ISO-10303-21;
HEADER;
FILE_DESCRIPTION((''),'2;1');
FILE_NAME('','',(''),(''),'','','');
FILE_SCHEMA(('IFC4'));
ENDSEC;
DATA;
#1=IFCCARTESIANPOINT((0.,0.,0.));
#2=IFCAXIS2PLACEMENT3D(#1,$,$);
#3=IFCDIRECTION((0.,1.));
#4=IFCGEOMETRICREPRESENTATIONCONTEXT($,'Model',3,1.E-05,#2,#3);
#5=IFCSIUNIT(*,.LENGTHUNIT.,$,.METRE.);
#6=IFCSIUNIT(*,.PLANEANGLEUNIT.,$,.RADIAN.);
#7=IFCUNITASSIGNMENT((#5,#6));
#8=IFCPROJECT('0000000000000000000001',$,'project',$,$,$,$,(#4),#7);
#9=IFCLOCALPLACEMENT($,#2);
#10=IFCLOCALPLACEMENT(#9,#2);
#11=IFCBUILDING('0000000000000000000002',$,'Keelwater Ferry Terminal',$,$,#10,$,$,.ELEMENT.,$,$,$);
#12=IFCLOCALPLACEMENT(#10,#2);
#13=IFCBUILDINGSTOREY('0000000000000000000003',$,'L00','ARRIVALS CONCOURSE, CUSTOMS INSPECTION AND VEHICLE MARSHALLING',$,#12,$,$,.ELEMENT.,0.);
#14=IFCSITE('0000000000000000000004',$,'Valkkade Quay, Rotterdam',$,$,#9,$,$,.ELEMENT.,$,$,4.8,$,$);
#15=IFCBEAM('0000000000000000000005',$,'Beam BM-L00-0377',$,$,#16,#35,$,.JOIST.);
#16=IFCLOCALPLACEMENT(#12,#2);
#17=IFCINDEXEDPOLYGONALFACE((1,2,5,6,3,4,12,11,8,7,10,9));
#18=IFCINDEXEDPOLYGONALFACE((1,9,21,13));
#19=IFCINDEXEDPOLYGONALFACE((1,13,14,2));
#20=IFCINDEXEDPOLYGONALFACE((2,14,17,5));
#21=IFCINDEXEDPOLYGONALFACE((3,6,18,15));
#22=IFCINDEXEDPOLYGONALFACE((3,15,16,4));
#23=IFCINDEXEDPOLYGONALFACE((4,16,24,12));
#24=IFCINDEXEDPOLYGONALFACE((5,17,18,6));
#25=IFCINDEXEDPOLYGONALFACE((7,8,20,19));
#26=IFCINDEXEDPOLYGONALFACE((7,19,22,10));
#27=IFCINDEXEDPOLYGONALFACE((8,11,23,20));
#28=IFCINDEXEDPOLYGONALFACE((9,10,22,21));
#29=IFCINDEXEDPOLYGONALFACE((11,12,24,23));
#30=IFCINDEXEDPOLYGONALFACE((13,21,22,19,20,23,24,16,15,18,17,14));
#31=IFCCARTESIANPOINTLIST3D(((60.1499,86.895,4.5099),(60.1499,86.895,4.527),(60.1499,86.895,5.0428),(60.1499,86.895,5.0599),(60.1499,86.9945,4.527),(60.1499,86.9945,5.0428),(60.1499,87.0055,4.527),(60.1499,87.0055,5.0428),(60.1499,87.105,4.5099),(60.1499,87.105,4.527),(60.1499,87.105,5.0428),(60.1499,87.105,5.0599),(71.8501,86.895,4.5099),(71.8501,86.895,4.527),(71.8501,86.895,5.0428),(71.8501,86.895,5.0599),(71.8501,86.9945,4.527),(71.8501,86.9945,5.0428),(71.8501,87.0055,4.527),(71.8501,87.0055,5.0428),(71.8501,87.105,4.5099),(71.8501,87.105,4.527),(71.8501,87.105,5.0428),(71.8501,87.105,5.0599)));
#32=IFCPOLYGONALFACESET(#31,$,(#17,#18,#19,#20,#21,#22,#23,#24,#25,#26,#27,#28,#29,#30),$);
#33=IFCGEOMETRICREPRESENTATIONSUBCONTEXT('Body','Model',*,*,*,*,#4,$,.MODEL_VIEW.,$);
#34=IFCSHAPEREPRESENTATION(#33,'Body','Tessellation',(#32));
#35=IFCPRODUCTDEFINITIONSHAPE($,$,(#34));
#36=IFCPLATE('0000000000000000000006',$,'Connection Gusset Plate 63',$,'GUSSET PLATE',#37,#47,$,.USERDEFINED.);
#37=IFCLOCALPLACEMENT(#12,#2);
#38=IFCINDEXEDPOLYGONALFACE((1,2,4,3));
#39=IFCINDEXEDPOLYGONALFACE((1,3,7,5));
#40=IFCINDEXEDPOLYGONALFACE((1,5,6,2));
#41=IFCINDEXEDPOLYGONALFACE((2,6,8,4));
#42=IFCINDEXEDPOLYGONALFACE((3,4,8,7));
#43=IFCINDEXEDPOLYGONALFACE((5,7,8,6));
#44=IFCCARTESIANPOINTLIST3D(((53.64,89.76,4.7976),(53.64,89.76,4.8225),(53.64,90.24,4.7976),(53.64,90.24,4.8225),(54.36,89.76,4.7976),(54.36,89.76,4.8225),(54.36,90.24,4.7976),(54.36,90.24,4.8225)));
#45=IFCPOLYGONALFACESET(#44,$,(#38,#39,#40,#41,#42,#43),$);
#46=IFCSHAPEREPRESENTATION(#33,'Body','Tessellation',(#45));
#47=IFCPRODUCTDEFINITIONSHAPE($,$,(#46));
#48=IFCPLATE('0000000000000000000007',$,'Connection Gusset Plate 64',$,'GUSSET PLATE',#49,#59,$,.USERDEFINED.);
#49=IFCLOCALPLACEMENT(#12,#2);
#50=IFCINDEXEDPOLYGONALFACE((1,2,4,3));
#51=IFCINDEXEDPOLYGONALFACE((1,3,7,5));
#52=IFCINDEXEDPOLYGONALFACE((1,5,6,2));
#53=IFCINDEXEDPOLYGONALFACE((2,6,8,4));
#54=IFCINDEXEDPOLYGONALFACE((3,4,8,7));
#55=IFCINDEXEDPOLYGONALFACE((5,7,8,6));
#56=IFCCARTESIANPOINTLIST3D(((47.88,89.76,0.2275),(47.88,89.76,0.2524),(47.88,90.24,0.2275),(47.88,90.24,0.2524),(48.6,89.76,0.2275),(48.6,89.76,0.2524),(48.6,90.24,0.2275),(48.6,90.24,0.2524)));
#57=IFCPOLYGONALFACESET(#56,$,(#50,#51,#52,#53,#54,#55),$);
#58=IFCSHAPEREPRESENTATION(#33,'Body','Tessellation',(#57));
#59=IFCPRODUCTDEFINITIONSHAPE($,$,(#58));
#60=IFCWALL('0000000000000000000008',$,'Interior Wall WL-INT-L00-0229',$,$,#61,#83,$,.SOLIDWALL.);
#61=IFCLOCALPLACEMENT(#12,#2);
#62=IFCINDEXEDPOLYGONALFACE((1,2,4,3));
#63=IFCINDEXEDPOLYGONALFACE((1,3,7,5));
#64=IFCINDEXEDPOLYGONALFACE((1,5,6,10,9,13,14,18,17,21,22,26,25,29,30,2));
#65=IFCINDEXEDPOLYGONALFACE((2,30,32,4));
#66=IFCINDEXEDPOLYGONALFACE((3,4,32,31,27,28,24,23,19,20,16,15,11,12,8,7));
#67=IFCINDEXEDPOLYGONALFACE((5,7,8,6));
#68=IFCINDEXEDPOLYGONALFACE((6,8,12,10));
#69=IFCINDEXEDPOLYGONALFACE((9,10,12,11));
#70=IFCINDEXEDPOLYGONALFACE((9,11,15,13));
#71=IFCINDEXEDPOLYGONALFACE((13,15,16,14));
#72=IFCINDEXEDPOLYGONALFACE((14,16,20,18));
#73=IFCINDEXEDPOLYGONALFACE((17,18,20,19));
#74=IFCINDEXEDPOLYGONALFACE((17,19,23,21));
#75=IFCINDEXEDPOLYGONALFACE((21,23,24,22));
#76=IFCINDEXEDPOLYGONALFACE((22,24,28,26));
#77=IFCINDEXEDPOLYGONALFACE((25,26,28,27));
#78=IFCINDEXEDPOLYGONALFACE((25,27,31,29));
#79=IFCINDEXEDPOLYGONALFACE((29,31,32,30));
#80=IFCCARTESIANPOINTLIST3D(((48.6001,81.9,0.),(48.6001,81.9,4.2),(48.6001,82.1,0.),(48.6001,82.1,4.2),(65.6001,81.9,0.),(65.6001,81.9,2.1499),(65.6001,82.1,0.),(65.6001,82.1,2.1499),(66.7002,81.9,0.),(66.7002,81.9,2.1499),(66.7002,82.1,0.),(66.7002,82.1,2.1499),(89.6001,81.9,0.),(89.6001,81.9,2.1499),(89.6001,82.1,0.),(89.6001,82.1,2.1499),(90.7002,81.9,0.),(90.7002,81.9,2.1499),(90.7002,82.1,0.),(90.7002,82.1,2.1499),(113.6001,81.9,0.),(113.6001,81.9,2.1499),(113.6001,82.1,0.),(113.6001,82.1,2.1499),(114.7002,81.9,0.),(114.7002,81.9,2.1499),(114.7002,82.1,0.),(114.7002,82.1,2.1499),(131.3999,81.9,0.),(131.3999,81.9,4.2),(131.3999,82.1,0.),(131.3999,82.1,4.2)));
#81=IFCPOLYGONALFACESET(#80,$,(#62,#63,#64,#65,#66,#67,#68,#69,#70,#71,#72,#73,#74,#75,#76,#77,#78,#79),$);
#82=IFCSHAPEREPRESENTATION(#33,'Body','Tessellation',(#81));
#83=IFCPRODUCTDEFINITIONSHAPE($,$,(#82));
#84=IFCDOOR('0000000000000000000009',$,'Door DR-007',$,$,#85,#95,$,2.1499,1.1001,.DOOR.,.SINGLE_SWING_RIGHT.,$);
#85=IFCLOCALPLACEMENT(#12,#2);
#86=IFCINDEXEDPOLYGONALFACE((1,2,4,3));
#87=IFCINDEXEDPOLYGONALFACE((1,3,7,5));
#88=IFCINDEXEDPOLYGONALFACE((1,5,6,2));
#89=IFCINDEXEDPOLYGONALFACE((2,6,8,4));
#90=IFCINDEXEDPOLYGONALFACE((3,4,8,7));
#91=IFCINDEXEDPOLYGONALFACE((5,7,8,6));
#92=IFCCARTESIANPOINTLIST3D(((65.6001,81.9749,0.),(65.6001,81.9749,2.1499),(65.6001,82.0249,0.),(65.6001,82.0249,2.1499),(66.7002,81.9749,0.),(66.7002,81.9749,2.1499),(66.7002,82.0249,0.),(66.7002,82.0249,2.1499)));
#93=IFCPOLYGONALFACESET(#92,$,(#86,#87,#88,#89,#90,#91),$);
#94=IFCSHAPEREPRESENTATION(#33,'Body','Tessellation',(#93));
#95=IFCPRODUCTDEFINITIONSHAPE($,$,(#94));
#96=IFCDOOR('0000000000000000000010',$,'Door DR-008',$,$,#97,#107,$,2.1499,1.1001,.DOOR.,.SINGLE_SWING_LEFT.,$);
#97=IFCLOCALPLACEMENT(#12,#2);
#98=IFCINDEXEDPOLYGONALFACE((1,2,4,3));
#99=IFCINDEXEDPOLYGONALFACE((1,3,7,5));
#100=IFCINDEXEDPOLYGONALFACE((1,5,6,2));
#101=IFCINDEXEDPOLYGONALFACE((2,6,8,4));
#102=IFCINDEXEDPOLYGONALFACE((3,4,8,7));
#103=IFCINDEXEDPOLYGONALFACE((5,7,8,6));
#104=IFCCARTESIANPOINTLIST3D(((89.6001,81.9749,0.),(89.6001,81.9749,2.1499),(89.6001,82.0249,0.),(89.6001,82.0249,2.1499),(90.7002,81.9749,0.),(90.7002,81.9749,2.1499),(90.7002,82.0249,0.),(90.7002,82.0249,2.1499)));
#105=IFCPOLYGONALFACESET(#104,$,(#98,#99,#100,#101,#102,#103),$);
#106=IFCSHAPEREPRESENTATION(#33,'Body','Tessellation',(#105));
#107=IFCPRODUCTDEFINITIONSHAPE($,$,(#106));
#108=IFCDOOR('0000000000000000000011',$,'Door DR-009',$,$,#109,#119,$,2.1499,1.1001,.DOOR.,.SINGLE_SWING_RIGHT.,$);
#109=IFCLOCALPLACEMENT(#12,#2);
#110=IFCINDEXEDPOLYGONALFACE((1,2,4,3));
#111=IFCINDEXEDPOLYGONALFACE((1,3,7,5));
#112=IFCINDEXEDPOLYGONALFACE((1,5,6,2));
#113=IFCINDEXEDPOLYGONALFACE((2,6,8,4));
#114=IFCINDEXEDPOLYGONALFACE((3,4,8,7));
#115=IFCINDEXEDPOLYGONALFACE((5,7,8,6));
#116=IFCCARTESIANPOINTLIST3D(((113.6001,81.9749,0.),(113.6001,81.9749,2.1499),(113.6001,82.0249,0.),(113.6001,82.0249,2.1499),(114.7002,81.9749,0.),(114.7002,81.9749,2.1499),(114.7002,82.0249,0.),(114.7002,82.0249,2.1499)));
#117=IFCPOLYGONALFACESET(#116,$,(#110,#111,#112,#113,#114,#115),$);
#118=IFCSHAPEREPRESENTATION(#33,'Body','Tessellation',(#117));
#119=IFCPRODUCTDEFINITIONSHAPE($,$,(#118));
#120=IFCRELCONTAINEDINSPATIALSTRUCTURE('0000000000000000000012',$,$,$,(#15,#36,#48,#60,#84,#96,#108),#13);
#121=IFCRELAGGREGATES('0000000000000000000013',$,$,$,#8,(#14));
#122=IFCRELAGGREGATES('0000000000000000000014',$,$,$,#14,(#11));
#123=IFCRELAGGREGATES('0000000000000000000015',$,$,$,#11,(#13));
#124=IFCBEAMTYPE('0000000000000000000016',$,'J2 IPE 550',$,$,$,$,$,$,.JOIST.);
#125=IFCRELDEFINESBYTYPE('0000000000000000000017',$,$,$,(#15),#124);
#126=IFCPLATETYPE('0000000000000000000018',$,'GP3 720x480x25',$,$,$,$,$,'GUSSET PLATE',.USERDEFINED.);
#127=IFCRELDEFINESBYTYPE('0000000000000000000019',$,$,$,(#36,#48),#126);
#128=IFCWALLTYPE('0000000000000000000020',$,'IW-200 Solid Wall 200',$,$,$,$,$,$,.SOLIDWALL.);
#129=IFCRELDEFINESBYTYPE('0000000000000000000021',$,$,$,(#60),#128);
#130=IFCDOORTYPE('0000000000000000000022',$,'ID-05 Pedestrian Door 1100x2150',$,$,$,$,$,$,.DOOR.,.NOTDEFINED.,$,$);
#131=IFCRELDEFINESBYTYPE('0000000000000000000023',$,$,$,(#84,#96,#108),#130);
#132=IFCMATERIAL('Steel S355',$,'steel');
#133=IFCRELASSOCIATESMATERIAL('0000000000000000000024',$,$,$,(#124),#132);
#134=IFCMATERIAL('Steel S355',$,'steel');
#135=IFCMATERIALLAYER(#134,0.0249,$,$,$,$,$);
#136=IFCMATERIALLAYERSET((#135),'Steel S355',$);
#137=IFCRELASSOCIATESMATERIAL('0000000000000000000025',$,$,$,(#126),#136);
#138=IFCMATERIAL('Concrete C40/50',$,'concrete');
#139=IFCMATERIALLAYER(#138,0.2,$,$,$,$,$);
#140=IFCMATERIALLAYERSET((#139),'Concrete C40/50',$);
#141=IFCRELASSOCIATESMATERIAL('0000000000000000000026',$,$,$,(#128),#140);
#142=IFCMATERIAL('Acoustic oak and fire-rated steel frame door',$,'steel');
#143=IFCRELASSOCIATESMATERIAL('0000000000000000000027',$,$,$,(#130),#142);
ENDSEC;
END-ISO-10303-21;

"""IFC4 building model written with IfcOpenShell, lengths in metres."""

from ifc_helpers import new_model, si_unit, direction, frame, frame_2d, origin, origin_2d, place, context, subcontext, project, spatial, rectangle, i_section, extrude, material, layer, layer_set, material_profile, profile_set, type_object, element, fill, save


model = new_model("IFC4")

# Units and contexts
model_context = context("Model", 3, precision=1e-05, world=origin(), true_north=direction((0.0, 1.0)))
body_context = subcontext(model_context, "Body", "Model", "MODEL_VIEW")
ifc_project = project(units=[si_unit("LENGTHUNIT", "METRE"), si_unit("PLANEANGLEUNIT", "RADIAN")], contexts=[model_context])

# Site, building, storey
site_placement = place(None, origin())
site = spatial("IfcSite", under=ifc_project, at=site_placement, Name="Valkkade Quay, Rotterdam", CompositionType="ELEMENT", RefElevation=4.8)
building_placement = place(site_placement, origin())
building = spatial("IfcBuilding", under=site, at=building_placement, Name="Keelwater Ferry Terminal", CompositionType="ELEMENT")
storey_placement = place(building_placement, origin())
storey = spatial("IfcBuildingStorey", under=building, at=storey_placement, Name="L00", Description="ARRIVALS CONCOURSE, CUSTOMS INSPECTION AND VEHICLE MARSHALLING", CompositionType="ELEMENT", Elevation=0.0)

# Beam
ifc_material_1 = material(Name="Steel S355", Category="steel")
ifc_material_profile_1 = material_profile(ifc_material_1, i_section(OverallWidth=0.21, OverallDepth=0.55, WebThickness=0.011, FlangeThickness=0.0171, at=origin_2d()), Name="IPE 550")
ifc_profile_set_1 = profile_set([ifc_material_profile_1], Name="Steel S355")
beam_type_1 = type_object("IfcBeamType", Name="J2 IPE 550", PredefinedType="JOIST", material=ifc_profile_set_1)
for number, where, z_axis, x_axis, name in (
    (1, (60.1499, 87.0, 4.7849), (1.0, 0.0, 0.0), (0.0, 1.0, 0.0), "Beam BM-L00-0377"),
):
    element("IfcBeam", number, at=place(storey_placement, frame(where, z_axis=z_axis, x_axis=x_axis)), inside=storey, type_object=beam_type_1, Name=name, PredefinedType="JOIST", context=body_context, shape_type="SweptSolid", body=[
        extrude(i_section(OverallWidth=0.21, OverallDepth=0.55, WebThickness=0.011, FlangeThickness=0.0171, at=origin_2d()), origin(), (0.0, 0.0, 1.0), 11.7002),
    ])

# Plates
ifc_material_2 = material(Name="Steel S355", Category="steel")
ifc_layer_1 = layer(ifc_material_2, 0.0249)
ifc_layer_set_1 = layer_set([ifc_layer_1], Name="Steel S355")
plate_type = type_object("IfcPlateType", Name="GP3 720x480x25", ElementType="GUSSET PLATE", PredefinedType="USERDEFINED", material=ifc_layer_set_1)
for number, where, z_axis, x_axis, name in (
    (2, (54.0, 90.0, 4.7976), (0.0, 0.0, 1.0), (1.0, 0.0, 0.0), "Connection Gusset Plate 63"),
    (3, (48.24, 90.0, 0.2275), (0.0, 0.0, 1.0), (1.0, 0.0, 0.0), "Connection Gusset Plate 64"),
):
    element("IfcPlate", number, at=place(storey_placement, frame(where, z_axis=z_axis, x_axis=x_axis)), inside=storey, type_object=plate_type, Name=name, ObjectType="GUSSET PLATE", PredefinedType="USERDEFINED", context=body_context, shape_type="SweptSolid", body=[
        extrude(rectangle(XDim=0.72, YDim=0.48, at=origin_2d()), origin(), (0.0, 0.0, 1.0), 0.0249),
    ])

# Wall, openings, doors
ifc_material_3 = material(Name="Concrete C40/50", Category="concrete")
ifc_layer_2 = layer(ifc_material_3, 0.2)
ifc_layer_set_2 = layer_set([ifc_layer_2], Name="Concrete C40/50")
wall_type = type_object("IfcWallType", Name="IW-200 Solid Wall 200", PredefinedType="SOLIDWALL", material=ifc_layer_set_2)
wall_placement = place(storey_placement, frame((48.6001, 82.0, 0.0), z_axis=(0.0, 0.0, 1.0), x_axis=(1.0, 0.0, 0.0)))
wall = element("IfcWall", 4, at=wall_placement, inside=storey, type_object=wall_type, Name="Interior Wall WL-INT-L00-0229", PredefinedType="SOLIDWALL", context=body_context, shape_type="SweptSolid", body=[
    extrude(rectangle(XDim=82.7998, YDim=0.2, at=frame_2d((41.3999, 0.0))), origin(), (0.0, 0.0, 1.0), 4.2),
])
opening_1_placement = place(wall_placement, frame((17.0, 0.0, 0.0)))
opening_1 = element("IfcOpeningElement", 5, at=opening_1_placement, cuts=wall, PredefinedType="OPENING", context=body_context, shape_type="SweptSolid", body=[
    extrude(rectangle(XDim=1.1001, YDim=2.1499, at=frame_2d((0.55, 1.075))), frame((0.0, 0.1101, 0.0), z_axis=(0.0, -1.0, 0.0), x_axis=(1.0, 0.0, 0.0)), (0.0, 0.0, 1.0), 0.22),
])
opening_2_placement = place(wall_placement, frame((41.0, 0.0, 0.0)))
opening_2 = element("IfcOpeningElement", 6, at=opening_2_placement, cuts=wall, PredefinedType="OPENING", context=body_context, shape_type="SweptSolid", body=[
    extrude(rectangle(XDim=1.1001, YDim=2.1499, at=frame_2d((0.55, 1.075))), frame((0.0, 0.1101, 0.0), z_axis=(0.0, -1.0, 0.0), x_axis=(1.0, 0.0, 0.0)), (0.0, 0.0, 1.0), 0.22),
])
opening_3_placement = place(wall_placement, frame((65.0, 0.0, 0.0)))
opening_3 = element("IfcOpeningElement", 7, at=opening_3_placement, cuts=wall, PredefinedType="OPENING", context=body_context, shape_type="SweptSolid", body=[
    extrude(rectangle(XDim=1.1001, YDim=2.1499, at=frame_2d((0.55, 1.075))), frame((0.0, 0.1101, 0.0), z_axis=(0.0, -1.0, 0.0), x_axis=(1.0, 0.0, 0.0)), (0.0, 0.0, 1.0), 0.22),
])
ifc_material_4 = material(Name="Acoustic oak and fire-rated steel frame door", Category="steel")
door_type = type_object("IfcDoorType", Name="ID-05 Pedestrian Door 1100x2150", OperationType="NOTDEFINED", PredefinedType="DOOR", material=ifc_material_4)
door_1_placement = place(opening_1_placement, origin())
door_1 = element("IfcDoor", 8, at=door_1_placement, inside=storey, type_object=door_type, Name="Door DR-007", OperationType="SINGLE_SWING_RIGHT", OverallHeight=2.1499, OverallWidth=1.1001, PredefinedType="DOOR", context=body_context, shape_type="SweptSolid", body=[
    extrude(rectangle(XDim=1.1001, YDim=2.1499, at=frame_2d((0.55, 1.075))), frame((0.0, 0.0249, 0.0), z_axis=(0.0, -1.0, 0.0), x_axis=(1.0, 0.0, 0.0)), (0.0, 0.0, 1.0), 0.05),
])
fill(opening_1, door_1)
door_2_placement = place(opening_2_placement, origin())
door_2 = element("IfcDoor", 9, at=door_2_placement, inside=storey, type_object=door_type, Name="Door DR-008", OperationType="SINGLE_SWING_LEFT", OverallHeight=2.1499, OverallWidth=1.1001, PredefinedType="DOOR", context=body_context, shape_type="SweptSolid", body=[
    extrude(rectangle(XDim=1.1001, YDim=2.1499, at=frame_2d((0.55, 1.075))), frame((0.0, 0.0249, 0.0), z_axis=(0.0, -1.0, 0.0), x_axis=(1.0, 0.0, 0.0)), (0.0, 0.0, 1.0), 0.05),
])
fill(opening_2, door_2)
door_3_placement = place(opening_3_placement, origin())
door_3 = element("IfcDoor", 10, at=door_3_placement, inside=storey, type_object=door_type, Name="Door DR-009", OperationType="SINGLE_SWING_RIGHT", OverallHeight=2.1499, OverallWidth=1.1001, PredefinedType="DOOR", context=body_context, shape_type="SweptSolid", body=[
    extrude(rectangle(XDim=1.1001, YDim=2.1499, at=frame_2d((0.55, 1.075))), frame((0.0, 0.0249, 0.0), z_axis=(0.0, -1.0, 0.0), x_axis=(1.0, 0.0, 0.0)), (0.0, 0.0, 1.0), 0.05),
])
fill(opening_3, door_3)

save(model, "model.ifc")
